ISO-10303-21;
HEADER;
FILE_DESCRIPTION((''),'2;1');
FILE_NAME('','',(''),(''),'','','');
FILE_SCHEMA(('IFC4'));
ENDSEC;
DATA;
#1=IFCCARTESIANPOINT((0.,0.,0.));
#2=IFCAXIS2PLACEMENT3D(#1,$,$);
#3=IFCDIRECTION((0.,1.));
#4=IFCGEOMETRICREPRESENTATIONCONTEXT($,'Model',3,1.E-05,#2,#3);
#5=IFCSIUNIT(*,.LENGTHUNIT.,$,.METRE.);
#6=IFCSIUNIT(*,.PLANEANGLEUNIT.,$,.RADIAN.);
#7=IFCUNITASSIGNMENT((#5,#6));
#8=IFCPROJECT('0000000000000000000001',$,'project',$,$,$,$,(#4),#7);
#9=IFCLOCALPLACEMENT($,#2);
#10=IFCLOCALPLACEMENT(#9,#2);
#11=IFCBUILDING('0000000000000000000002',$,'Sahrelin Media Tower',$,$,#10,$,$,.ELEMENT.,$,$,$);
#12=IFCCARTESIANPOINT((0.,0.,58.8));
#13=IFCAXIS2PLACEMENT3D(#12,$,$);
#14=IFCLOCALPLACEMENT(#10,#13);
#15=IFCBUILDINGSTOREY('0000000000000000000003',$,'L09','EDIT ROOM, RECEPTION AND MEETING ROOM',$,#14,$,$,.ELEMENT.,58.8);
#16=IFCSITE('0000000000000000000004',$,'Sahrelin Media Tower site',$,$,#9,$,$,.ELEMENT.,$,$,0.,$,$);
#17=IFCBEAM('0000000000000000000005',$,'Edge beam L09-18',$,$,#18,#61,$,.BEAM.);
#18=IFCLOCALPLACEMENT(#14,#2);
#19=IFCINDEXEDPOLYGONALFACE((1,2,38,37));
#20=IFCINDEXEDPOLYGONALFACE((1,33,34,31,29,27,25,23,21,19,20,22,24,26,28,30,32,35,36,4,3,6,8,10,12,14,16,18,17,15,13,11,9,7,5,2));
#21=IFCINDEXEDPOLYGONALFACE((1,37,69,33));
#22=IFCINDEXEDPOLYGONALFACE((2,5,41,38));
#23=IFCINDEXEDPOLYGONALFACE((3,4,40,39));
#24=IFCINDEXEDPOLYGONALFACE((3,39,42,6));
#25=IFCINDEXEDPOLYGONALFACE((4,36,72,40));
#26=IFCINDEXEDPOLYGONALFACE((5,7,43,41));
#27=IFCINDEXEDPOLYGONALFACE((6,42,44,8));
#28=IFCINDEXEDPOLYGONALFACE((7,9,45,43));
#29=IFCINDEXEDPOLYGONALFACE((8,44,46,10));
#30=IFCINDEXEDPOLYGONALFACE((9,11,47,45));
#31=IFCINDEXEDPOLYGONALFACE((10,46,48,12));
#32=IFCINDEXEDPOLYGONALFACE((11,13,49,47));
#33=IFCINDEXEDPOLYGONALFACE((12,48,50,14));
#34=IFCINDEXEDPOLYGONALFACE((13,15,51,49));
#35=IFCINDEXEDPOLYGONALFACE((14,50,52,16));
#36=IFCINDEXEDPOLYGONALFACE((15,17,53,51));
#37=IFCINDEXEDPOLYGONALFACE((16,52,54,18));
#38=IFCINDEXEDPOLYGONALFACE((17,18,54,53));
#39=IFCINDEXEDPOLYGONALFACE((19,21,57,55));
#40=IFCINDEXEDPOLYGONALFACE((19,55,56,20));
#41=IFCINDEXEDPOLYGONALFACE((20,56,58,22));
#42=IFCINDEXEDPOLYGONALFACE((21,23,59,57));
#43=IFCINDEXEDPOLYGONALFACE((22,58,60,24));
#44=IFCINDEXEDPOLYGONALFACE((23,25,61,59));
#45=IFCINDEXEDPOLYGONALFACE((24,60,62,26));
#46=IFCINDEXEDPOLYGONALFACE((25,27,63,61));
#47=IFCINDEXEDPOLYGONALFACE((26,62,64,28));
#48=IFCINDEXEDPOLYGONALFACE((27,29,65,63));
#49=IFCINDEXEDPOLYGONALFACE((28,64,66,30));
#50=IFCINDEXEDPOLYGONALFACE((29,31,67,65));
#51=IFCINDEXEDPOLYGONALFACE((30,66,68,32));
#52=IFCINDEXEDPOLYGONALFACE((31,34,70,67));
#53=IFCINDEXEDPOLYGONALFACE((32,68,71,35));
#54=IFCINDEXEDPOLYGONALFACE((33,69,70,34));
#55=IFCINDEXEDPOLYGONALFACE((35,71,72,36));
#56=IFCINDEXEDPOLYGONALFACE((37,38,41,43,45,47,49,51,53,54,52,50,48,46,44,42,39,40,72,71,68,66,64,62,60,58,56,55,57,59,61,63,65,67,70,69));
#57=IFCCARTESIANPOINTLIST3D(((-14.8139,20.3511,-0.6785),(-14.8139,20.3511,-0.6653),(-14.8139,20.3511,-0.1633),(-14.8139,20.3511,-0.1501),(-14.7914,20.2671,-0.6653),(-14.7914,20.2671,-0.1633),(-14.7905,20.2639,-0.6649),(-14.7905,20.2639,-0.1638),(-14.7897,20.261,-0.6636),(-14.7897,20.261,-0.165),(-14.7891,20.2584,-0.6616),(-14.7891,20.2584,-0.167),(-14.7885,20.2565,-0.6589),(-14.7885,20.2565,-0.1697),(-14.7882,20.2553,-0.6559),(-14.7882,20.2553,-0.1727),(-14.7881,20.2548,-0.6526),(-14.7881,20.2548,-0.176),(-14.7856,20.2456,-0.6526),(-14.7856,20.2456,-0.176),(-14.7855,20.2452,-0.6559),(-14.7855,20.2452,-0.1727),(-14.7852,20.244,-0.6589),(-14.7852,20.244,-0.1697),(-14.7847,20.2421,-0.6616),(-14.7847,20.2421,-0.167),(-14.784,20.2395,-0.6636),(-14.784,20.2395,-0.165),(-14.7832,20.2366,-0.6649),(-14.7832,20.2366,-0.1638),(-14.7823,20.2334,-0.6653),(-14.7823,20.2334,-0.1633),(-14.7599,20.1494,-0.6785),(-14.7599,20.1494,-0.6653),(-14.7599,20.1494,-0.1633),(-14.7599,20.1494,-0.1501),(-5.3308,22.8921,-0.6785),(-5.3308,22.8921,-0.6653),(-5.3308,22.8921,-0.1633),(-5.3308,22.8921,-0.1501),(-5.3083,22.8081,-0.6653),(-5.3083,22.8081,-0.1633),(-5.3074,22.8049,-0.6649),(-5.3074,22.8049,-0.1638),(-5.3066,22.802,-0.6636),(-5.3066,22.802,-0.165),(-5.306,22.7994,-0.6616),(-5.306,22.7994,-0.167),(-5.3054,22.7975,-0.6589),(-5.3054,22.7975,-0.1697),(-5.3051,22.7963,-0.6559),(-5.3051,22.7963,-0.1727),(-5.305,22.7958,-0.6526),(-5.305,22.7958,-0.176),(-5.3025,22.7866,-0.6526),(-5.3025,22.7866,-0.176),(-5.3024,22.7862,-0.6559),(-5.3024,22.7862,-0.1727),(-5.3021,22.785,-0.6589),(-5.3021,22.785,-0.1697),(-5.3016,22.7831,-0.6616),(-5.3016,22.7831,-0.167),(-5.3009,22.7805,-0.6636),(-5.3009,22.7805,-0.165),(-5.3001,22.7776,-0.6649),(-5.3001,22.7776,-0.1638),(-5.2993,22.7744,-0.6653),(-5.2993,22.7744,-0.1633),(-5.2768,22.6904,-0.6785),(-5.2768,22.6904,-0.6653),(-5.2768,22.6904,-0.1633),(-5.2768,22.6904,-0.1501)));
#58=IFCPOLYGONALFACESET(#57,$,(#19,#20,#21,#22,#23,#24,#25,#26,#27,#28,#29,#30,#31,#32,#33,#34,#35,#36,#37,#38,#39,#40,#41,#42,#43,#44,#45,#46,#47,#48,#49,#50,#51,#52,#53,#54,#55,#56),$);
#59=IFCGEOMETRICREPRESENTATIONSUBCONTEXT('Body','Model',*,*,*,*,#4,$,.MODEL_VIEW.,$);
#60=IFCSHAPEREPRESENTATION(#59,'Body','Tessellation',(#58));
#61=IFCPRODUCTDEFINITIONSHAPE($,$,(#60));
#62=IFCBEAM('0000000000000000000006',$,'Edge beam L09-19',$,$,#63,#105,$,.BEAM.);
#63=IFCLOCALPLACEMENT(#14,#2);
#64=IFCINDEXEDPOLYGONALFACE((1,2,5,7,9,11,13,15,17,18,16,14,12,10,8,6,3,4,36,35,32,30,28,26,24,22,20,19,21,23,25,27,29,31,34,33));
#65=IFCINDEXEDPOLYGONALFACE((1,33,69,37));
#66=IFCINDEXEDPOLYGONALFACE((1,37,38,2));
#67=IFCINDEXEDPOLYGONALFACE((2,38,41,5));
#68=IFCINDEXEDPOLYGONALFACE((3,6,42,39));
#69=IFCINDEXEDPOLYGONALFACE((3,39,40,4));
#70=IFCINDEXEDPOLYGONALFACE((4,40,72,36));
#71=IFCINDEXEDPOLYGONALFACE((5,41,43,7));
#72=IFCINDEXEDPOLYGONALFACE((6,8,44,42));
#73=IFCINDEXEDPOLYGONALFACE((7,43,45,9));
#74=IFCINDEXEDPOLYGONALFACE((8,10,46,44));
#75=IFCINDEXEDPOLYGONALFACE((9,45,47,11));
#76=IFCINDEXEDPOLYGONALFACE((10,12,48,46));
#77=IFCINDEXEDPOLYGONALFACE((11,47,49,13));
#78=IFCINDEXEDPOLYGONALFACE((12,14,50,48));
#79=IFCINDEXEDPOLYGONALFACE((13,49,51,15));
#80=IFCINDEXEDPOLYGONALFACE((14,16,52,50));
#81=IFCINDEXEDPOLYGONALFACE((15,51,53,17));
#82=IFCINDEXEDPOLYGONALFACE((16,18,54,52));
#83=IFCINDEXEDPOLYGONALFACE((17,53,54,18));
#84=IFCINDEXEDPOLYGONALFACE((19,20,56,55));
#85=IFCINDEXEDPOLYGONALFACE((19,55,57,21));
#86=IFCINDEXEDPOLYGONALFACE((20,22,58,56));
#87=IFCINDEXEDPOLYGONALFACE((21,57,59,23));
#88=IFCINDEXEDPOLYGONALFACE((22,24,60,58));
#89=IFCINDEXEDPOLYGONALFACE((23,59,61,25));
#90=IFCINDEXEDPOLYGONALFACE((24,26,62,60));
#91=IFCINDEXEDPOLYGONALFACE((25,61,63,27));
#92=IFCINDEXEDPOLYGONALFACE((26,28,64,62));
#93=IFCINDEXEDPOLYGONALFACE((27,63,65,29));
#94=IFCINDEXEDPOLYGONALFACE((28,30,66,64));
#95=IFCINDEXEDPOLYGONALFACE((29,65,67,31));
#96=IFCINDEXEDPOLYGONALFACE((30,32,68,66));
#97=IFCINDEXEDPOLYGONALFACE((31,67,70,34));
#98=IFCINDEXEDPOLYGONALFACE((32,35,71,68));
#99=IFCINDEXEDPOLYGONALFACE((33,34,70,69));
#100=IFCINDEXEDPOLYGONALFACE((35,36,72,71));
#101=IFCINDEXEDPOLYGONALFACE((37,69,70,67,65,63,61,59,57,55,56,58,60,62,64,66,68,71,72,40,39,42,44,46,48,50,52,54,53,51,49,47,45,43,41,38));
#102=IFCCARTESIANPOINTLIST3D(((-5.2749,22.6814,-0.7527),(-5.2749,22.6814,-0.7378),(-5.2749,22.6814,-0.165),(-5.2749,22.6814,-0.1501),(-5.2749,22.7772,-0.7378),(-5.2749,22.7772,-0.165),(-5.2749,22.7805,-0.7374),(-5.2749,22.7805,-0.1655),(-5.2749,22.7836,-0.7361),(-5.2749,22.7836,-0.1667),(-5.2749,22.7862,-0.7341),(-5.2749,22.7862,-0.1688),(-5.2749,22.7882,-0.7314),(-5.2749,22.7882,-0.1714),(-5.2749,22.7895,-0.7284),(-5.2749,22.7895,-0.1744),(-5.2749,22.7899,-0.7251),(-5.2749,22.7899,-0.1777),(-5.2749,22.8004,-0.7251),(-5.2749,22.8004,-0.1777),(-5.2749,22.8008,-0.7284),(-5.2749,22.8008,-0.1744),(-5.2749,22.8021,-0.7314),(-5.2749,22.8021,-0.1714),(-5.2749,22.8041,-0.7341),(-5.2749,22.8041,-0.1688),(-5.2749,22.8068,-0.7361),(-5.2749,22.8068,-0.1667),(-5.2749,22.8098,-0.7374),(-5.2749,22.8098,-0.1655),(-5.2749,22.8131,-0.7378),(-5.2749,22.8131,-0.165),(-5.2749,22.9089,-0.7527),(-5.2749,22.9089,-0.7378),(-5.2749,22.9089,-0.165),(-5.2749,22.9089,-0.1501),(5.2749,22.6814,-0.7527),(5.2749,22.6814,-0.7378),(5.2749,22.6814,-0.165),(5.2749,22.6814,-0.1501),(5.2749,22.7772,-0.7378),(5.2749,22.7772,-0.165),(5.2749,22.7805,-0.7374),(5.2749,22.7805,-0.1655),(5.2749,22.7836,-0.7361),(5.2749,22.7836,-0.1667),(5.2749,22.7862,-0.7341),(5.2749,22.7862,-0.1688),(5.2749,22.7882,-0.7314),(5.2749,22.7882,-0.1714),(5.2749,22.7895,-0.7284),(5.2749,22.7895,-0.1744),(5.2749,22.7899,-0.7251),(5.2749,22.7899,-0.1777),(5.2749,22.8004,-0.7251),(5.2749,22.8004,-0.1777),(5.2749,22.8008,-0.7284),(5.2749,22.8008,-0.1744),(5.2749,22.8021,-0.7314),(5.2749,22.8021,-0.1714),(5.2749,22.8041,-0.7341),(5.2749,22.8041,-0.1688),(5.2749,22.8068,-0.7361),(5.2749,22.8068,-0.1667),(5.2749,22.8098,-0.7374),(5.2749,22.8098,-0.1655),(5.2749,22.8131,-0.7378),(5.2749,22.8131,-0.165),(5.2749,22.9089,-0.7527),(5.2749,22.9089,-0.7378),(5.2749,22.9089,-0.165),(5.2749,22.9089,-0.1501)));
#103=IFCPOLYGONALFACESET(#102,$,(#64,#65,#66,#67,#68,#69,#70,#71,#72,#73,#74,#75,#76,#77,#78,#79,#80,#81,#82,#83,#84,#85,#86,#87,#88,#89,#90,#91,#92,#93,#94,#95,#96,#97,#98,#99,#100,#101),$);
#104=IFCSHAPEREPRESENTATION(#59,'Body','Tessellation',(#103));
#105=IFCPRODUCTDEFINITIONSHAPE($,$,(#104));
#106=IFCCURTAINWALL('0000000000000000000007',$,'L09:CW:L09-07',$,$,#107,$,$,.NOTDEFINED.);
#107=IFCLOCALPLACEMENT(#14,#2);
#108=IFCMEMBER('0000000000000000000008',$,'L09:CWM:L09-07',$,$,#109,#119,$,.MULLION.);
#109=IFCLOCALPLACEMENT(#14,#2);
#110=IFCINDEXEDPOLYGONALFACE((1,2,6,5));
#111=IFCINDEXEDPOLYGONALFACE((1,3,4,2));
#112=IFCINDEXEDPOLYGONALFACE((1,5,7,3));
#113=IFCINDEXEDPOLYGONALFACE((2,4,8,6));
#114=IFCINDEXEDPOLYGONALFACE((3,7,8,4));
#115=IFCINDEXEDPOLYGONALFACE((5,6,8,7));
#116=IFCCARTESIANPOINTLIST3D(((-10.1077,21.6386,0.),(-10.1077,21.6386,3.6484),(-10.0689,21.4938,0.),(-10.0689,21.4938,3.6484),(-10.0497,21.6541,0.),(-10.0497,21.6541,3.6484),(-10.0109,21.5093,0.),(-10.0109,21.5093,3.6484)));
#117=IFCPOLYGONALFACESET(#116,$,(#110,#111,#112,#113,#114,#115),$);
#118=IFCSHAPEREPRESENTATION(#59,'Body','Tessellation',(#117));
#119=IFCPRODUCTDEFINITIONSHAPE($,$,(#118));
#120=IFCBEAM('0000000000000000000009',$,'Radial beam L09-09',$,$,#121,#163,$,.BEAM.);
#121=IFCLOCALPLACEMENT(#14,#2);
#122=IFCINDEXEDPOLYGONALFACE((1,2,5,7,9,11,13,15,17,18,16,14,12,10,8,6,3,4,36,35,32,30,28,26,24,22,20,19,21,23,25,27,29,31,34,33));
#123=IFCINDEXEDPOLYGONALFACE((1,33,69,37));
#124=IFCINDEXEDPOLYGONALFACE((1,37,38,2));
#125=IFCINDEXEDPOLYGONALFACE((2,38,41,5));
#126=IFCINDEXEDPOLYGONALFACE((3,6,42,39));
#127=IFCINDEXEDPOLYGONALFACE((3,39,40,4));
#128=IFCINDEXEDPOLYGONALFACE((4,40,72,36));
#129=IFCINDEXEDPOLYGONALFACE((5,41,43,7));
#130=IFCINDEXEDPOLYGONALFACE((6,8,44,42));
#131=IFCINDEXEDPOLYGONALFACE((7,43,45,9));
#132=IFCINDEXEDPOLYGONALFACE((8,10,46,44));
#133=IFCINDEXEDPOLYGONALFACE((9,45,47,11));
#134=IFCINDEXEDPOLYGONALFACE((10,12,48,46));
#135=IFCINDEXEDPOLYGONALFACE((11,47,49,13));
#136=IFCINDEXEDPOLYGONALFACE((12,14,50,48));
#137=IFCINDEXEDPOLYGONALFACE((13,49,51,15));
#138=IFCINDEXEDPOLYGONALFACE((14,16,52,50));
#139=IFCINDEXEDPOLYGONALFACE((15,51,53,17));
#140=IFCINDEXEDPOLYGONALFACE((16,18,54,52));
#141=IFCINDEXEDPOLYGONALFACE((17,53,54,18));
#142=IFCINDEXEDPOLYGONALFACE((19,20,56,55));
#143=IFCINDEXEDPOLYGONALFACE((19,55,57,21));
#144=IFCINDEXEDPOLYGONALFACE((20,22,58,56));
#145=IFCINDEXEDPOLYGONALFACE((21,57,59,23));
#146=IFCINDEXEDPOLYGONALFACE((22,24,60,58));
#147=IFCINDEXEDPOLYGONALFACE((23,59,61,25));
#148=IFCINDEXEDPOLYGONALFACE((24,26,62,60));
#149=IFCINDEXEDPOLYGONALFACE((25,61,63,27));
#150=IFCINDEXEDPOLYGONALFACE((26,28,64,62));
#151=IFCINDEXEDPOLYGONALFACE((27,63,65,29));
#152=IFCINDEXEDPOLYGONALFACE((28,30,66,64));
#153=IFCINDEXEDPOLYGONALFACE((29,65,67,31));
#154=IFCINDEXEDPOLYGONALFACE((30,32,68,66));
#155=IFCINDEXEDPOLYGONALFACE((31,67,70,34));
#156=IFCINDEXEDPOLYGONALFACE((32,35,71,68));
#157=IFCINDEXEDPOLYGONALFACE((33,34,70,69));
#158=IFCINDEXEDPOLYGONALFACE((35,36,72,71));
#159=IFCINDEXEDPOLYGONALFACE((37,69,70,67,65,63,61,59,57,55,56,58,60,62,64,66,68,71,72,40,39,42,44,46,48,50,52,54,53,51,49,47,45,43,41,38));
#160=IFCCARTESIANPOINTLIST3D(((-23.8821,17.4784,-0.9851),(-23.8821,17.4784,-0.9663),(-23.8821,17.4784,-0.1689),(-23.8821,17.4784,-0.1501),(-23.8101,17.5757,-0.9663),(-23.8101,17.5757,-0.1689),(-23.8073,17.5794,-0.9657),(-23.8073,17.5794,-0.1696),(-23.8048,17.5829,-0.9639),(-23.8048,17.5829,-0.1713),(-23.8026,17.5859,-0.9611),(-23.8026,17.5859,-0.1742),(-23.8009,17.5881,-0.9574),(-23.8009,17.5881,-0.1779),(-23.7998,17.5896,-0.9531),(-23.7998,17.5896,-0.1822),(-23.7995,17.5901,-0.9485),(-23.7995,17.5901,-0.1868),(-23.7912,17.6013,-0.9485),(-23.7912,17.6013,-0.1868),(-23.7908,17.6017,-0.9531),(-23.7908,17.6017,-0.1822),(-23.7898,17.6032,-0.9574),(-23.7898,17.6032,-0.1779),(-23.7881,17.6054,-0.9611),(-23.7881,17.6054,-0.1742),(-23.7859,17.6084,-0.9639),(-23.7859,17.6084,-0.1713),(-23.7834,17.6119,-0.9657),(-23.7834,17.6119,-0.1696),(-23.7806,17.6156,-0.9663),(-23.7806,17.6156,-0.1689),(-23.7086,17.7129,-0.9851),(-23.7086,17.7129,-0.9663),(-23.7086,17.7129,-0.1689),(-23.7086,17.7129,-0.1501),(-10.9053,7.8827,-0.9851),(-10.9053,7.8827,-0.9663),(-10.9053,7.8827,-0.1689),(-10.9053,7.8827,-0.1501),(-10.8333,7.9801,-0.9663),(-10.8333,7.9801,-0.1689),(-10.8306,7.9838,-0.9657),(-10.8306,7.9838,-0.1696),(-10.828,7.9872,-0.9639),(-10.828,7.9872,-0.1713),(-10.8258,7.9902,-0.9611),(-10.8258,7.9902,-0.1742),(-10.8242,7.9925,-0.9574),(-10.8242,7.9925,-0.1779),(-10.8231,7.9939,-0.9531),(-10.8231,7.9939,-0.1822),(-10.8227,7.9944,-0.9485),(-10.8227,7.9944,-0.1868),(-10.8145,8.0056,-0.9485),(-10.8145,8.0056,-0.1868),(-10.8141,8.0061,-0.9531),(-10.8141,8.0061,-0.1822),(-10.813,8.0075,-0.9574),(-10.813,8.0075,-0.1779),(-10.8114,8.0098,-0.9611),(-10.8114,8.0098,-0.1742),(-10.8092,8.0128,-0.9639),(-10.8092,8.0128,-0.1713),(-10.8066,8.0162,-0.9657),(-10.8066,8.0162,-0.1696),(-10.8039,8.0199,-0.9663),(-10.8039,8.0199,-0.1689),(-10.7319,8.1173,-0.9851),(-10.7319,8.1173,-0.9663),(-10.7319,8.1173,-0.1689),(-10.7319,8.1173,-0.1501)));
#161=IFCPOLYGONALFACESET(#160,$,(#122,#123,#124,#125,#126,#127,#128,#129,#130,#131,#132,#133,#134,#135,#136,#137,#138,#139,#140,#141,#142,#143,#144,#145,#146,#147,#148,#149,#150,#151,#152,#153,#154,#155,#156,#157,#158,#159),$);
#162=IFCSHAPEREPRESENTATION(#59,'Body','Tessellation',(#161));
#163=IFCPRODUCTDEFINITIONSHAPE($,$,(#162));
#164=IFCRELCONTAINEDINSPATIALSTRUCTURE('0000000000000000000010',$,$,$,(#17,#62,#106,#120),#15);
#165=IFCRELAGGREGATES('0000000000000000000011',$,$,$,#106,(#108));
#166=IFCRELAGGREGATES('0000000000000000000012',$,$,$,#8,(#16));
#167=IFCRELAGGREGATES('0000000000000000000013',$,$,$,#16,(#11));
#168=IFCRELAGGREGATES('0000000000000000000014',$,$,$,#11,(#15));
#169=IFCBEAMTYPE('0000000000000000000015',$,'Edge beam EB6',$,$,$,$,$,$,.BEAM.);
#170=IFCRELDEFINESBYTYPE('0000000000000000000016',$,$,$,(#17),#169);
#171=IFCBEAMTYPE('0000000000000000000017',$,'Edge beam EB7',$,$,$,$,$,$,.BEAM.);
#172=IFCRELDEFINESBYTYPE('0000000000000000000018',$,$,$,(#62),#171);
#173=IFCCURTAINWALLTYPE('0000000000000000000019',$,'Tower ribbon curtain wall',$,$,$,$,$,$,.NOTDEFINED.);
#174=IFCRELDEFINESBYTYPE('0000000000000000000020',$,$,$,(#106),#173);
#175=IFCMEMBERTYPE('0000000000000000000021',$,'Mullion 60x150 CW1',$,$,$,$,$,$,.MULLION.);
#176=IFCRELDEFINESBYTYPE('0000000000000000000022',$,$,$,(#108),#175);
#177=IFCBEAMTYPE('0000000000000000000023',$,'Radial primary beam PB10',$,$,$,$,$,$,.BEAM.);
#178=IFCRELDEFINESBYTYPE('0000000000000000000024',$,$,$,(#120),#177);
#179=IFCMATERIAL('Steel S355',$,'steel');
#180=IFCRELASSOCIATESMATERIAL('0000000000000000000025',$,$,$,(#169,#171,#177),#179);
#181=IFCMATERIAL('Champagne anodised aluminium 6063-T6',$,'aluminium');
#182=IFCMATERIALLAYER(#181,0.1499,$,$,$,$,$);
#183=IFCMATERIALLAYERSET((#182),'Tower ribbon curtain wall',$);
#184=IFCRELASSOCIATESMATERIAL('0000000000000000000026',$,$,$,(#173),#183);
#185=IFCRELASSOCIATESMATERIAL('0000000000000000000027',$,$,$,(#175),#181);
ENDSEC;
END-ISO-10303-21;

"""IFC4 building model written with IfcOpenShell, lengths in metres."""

from ifc_helpers import new_model, si_unit, direction, frame, origin, origin_2d, place, context, subcontext, project, spatial, rectangle, i_section, extrude, material, layer, layer_set, material_profile, profile_set, type_object, element, aggregate, save


model = new_model("IFC4")

# Units and contexts
model_context = context("Model", 3, precision=1e-05, world=origin(), true_north=direction((0.0, 1.0)))
body_context = subcontext(model_context, "Body", "Model", "MODEL_VIEW")
ifc_project = project(units=[si_unit("LENGTHUNIT", "METRE"), si_unit("PLANEANGLEUNIT", "RADIAN")], contexts=[model_context])

# Site, building, storey
site_placement = place(None, origin())
site = spatial("IfcSite", under=ifc_project, at=site_placement, Name="Sahrelin Media Tower site", CompositionType="ELEMENT", RefElevation=0.0)
building_placement = place(site_placement, origin())
building = spatial("IfcBuilding", under=site, at=building_placement, Name="Sahrelin Media Tower", CompositionType="ELEMENT")
storey_placement = place(building_placement, frame((0.0, 0.0, 58.8)))
storey = spatial("IfcBuildingStorey", under=building, at=storey_placement, Name="L09", Description="EDIT ROOM, RECEPTION AND MEETING ROOM", CompositionType="ELEMENT", Elevation=58.8)

# Beams
ifc_material_1 = material(Name="Steel S355", Category="steel")
ifc_material_profile_1 = material_profile(ifc_material_1, i_section(OverallWidth=0.2087, OverallDepth=0.5283, WebThickness=0.0095, FlangeThickness=0.0132, FilletRadius=0.0127, at=origin_2d()), Name="UB 533x210x82")
ifc_profile_set_1 = profile_set([ifc_material_profile_1], Name="Steel S355")
beam_type_1 = type_object("IfcBeamType", Name="Edge beam EB6", PredefinedType="BEAM", material=ifc_profile_set_1)
beam_1_placement = place(storey_placement, frame((-14.7869, 20.2502, -0.4143), z_axis=(0.965926, 0.25882, 0.0), x_axis=(-0.25882, 0.965926, 0.0)))
element("IfcBeam", 1, at=beam_1_placement, inside=storey, type_object=beam_type_1, Name="Edge beam L09-18", PredefinedType="BEAM", context=body_context, shape_type="SweptSolid", body=[
    extrude(i_section(OverallWidth=0.2087, OverallDepth=0.5283, WebThickness=0.0095, FlangeThickness=0.0132, FilletRadius=0.0127, at=origin_2d()), origin(), (0.0, 0.0, 1.0), 9.8176),
])
ifc_material_profile_2 = material_profile(ifc_material_1, i_section(OverallWidth=0.2275, OverallDepth=0.6025, WebThickness=0.0105, FlangeThickness=0.0149, FilletRadius=0.0127, at=origin_2d()), Name="UB 610x229x101")
ifc_profile_set_2 = profile_set([ifc_material_profile_2], Name="Steel S355")
beam_type_2 = type_object("IfcBeamType", Name="Edge beam EB7", PredefinedType="BEAM", material=ifc_profile_set_2)
beam_2_placement = place(storey_placement, frame((-5.2749, 22.7952, -0.4514), z_axis=(1.0, 0.0, 0.0), x_axis=(0.0, 1.0, 0.0)))
element("IfcBeam", 2, at=beam_2_placement, inside=storey, type_object=beam_type_2, Name="Edge beam L09-19", PredefinedType="BEAM", context=body_context, shape_type="SweptSolid", body=[
    extrude(i_section(OverallWidth=0.2275, OverallDepth=0.6025, WebThickness=0.0105, FlangeThickness=0.0149, FilletRadius=0.0127, at=origin_2d()), origin(), (0.0, 0.0, 1.0), 10.5498),
])

# Curtain wall, member
ifc_material_2 = material(Name="Champagne anodised aluminium 6063-T6", Category="aluminium")
ifc_layer_1 = layer(ifc_material_2, 0.1499)
ifc_layer_set_1 = layer_set([ifc_layer_1], Name="Tower ribbon curtain wall")
curtain_wall_type = type_object("IfcCurtainWallType", Name="Tower ribbon curtain wall", PredefinedType="NOTDEFINED", material=ifc_layer_set_1)
curtain_wall_1_placement = place(storey_placement, frame((-10.084, 21.6658, 0.0), z_axis=(0.0, 0.0, 1.0), x_axis=(1.0, 0.0, 0.0)))
curtain_wall_1 = element("IfcCurtainWall", 3, at=curtain_wall_1_placement, inside=storey, type_object=curtain_wall_type, Name="L09:CW:L09-07", PredefinedType="NOTDEFINED")
ifc_material_profile_3 = material_profile(ifc_material_2, rectangle(XDim=0.0601, YDim=0.1499, at=origin_2d()), Name="Mullion 60x150")
ifc_profile_set_3 = profile_set([ifc_material_profile_3], Name="Champagne anodised aluminium 6063-T6")
member_type_1 = type_object("IfcMemberType", Name="Mullion 60x150 CW1", PredefinedType="MULLION", material=ifc_profile_set_3)
member_1_placement = place(storey_placement, frame((-10.0593, 21.574, 0.0), z_axis=(0.0, 0.0, 1.0), x_axis=(-0.965924, -0.258824, 0.0)))
member_1 = element("IfcMember", 4, at=member_1_placement, type_object=member_type_1, Name="L09:CWM:L09-07", PredefinedType="MULLION", context=body_context, shape_type="SweptSolid", body=[
    extrude(rectangle(XDim=0.0601, YDim=0.1499, at=origin_2d()), origin(), (0.0, 0.0, 1.0), 3.6484),
])

# Beam
ifc_material_profile_4 = material_profile(ifc_material_1, i_section(OverallWidth=0.2917, OverallDepth=0.835, WebThickness=0.0139, FlangeThickness=0.0188, FilletRadius=0.0178, at=origin_2d()), Name="UB 838x292x176")
ifc_profile_set_4 = profile_set([ifc_material_profile_4], Name="Steel S355")
beam_type_3 = type_object("IfcBeamType", Name="Radial primary beam PB10", PredefinedType="BEAM", material=ifc_profile_set_4)
beam_3_placement = place(storey_placement, frame((-10.8186, 8.0, -0.5676), z_axis=(-0.804053, 0.594557, 0.0), x_axis=(-0.594557, -0.804053, 0.0)))
element("IfcBeam", 5, at=beam_3_placement, inside=storey, type_object=beam_type_3, Name="Radial beam L09-09", PredefinedType="BEAM", context=body_context, shape_type="SweptSolid", body=[
    extrude(i_section(OverallWidth=0.2917, OverallDepth=0.835, WebThickness=0.0139, FlangeThickness=0.0188, FilletRadius=0.0178, at=origin_2d()), origin(), (0.0, 0.0, 1.0), 16.1392),
])

aggregate(curtain_wall_1, [member_1])

save(model, "model.ifc")
